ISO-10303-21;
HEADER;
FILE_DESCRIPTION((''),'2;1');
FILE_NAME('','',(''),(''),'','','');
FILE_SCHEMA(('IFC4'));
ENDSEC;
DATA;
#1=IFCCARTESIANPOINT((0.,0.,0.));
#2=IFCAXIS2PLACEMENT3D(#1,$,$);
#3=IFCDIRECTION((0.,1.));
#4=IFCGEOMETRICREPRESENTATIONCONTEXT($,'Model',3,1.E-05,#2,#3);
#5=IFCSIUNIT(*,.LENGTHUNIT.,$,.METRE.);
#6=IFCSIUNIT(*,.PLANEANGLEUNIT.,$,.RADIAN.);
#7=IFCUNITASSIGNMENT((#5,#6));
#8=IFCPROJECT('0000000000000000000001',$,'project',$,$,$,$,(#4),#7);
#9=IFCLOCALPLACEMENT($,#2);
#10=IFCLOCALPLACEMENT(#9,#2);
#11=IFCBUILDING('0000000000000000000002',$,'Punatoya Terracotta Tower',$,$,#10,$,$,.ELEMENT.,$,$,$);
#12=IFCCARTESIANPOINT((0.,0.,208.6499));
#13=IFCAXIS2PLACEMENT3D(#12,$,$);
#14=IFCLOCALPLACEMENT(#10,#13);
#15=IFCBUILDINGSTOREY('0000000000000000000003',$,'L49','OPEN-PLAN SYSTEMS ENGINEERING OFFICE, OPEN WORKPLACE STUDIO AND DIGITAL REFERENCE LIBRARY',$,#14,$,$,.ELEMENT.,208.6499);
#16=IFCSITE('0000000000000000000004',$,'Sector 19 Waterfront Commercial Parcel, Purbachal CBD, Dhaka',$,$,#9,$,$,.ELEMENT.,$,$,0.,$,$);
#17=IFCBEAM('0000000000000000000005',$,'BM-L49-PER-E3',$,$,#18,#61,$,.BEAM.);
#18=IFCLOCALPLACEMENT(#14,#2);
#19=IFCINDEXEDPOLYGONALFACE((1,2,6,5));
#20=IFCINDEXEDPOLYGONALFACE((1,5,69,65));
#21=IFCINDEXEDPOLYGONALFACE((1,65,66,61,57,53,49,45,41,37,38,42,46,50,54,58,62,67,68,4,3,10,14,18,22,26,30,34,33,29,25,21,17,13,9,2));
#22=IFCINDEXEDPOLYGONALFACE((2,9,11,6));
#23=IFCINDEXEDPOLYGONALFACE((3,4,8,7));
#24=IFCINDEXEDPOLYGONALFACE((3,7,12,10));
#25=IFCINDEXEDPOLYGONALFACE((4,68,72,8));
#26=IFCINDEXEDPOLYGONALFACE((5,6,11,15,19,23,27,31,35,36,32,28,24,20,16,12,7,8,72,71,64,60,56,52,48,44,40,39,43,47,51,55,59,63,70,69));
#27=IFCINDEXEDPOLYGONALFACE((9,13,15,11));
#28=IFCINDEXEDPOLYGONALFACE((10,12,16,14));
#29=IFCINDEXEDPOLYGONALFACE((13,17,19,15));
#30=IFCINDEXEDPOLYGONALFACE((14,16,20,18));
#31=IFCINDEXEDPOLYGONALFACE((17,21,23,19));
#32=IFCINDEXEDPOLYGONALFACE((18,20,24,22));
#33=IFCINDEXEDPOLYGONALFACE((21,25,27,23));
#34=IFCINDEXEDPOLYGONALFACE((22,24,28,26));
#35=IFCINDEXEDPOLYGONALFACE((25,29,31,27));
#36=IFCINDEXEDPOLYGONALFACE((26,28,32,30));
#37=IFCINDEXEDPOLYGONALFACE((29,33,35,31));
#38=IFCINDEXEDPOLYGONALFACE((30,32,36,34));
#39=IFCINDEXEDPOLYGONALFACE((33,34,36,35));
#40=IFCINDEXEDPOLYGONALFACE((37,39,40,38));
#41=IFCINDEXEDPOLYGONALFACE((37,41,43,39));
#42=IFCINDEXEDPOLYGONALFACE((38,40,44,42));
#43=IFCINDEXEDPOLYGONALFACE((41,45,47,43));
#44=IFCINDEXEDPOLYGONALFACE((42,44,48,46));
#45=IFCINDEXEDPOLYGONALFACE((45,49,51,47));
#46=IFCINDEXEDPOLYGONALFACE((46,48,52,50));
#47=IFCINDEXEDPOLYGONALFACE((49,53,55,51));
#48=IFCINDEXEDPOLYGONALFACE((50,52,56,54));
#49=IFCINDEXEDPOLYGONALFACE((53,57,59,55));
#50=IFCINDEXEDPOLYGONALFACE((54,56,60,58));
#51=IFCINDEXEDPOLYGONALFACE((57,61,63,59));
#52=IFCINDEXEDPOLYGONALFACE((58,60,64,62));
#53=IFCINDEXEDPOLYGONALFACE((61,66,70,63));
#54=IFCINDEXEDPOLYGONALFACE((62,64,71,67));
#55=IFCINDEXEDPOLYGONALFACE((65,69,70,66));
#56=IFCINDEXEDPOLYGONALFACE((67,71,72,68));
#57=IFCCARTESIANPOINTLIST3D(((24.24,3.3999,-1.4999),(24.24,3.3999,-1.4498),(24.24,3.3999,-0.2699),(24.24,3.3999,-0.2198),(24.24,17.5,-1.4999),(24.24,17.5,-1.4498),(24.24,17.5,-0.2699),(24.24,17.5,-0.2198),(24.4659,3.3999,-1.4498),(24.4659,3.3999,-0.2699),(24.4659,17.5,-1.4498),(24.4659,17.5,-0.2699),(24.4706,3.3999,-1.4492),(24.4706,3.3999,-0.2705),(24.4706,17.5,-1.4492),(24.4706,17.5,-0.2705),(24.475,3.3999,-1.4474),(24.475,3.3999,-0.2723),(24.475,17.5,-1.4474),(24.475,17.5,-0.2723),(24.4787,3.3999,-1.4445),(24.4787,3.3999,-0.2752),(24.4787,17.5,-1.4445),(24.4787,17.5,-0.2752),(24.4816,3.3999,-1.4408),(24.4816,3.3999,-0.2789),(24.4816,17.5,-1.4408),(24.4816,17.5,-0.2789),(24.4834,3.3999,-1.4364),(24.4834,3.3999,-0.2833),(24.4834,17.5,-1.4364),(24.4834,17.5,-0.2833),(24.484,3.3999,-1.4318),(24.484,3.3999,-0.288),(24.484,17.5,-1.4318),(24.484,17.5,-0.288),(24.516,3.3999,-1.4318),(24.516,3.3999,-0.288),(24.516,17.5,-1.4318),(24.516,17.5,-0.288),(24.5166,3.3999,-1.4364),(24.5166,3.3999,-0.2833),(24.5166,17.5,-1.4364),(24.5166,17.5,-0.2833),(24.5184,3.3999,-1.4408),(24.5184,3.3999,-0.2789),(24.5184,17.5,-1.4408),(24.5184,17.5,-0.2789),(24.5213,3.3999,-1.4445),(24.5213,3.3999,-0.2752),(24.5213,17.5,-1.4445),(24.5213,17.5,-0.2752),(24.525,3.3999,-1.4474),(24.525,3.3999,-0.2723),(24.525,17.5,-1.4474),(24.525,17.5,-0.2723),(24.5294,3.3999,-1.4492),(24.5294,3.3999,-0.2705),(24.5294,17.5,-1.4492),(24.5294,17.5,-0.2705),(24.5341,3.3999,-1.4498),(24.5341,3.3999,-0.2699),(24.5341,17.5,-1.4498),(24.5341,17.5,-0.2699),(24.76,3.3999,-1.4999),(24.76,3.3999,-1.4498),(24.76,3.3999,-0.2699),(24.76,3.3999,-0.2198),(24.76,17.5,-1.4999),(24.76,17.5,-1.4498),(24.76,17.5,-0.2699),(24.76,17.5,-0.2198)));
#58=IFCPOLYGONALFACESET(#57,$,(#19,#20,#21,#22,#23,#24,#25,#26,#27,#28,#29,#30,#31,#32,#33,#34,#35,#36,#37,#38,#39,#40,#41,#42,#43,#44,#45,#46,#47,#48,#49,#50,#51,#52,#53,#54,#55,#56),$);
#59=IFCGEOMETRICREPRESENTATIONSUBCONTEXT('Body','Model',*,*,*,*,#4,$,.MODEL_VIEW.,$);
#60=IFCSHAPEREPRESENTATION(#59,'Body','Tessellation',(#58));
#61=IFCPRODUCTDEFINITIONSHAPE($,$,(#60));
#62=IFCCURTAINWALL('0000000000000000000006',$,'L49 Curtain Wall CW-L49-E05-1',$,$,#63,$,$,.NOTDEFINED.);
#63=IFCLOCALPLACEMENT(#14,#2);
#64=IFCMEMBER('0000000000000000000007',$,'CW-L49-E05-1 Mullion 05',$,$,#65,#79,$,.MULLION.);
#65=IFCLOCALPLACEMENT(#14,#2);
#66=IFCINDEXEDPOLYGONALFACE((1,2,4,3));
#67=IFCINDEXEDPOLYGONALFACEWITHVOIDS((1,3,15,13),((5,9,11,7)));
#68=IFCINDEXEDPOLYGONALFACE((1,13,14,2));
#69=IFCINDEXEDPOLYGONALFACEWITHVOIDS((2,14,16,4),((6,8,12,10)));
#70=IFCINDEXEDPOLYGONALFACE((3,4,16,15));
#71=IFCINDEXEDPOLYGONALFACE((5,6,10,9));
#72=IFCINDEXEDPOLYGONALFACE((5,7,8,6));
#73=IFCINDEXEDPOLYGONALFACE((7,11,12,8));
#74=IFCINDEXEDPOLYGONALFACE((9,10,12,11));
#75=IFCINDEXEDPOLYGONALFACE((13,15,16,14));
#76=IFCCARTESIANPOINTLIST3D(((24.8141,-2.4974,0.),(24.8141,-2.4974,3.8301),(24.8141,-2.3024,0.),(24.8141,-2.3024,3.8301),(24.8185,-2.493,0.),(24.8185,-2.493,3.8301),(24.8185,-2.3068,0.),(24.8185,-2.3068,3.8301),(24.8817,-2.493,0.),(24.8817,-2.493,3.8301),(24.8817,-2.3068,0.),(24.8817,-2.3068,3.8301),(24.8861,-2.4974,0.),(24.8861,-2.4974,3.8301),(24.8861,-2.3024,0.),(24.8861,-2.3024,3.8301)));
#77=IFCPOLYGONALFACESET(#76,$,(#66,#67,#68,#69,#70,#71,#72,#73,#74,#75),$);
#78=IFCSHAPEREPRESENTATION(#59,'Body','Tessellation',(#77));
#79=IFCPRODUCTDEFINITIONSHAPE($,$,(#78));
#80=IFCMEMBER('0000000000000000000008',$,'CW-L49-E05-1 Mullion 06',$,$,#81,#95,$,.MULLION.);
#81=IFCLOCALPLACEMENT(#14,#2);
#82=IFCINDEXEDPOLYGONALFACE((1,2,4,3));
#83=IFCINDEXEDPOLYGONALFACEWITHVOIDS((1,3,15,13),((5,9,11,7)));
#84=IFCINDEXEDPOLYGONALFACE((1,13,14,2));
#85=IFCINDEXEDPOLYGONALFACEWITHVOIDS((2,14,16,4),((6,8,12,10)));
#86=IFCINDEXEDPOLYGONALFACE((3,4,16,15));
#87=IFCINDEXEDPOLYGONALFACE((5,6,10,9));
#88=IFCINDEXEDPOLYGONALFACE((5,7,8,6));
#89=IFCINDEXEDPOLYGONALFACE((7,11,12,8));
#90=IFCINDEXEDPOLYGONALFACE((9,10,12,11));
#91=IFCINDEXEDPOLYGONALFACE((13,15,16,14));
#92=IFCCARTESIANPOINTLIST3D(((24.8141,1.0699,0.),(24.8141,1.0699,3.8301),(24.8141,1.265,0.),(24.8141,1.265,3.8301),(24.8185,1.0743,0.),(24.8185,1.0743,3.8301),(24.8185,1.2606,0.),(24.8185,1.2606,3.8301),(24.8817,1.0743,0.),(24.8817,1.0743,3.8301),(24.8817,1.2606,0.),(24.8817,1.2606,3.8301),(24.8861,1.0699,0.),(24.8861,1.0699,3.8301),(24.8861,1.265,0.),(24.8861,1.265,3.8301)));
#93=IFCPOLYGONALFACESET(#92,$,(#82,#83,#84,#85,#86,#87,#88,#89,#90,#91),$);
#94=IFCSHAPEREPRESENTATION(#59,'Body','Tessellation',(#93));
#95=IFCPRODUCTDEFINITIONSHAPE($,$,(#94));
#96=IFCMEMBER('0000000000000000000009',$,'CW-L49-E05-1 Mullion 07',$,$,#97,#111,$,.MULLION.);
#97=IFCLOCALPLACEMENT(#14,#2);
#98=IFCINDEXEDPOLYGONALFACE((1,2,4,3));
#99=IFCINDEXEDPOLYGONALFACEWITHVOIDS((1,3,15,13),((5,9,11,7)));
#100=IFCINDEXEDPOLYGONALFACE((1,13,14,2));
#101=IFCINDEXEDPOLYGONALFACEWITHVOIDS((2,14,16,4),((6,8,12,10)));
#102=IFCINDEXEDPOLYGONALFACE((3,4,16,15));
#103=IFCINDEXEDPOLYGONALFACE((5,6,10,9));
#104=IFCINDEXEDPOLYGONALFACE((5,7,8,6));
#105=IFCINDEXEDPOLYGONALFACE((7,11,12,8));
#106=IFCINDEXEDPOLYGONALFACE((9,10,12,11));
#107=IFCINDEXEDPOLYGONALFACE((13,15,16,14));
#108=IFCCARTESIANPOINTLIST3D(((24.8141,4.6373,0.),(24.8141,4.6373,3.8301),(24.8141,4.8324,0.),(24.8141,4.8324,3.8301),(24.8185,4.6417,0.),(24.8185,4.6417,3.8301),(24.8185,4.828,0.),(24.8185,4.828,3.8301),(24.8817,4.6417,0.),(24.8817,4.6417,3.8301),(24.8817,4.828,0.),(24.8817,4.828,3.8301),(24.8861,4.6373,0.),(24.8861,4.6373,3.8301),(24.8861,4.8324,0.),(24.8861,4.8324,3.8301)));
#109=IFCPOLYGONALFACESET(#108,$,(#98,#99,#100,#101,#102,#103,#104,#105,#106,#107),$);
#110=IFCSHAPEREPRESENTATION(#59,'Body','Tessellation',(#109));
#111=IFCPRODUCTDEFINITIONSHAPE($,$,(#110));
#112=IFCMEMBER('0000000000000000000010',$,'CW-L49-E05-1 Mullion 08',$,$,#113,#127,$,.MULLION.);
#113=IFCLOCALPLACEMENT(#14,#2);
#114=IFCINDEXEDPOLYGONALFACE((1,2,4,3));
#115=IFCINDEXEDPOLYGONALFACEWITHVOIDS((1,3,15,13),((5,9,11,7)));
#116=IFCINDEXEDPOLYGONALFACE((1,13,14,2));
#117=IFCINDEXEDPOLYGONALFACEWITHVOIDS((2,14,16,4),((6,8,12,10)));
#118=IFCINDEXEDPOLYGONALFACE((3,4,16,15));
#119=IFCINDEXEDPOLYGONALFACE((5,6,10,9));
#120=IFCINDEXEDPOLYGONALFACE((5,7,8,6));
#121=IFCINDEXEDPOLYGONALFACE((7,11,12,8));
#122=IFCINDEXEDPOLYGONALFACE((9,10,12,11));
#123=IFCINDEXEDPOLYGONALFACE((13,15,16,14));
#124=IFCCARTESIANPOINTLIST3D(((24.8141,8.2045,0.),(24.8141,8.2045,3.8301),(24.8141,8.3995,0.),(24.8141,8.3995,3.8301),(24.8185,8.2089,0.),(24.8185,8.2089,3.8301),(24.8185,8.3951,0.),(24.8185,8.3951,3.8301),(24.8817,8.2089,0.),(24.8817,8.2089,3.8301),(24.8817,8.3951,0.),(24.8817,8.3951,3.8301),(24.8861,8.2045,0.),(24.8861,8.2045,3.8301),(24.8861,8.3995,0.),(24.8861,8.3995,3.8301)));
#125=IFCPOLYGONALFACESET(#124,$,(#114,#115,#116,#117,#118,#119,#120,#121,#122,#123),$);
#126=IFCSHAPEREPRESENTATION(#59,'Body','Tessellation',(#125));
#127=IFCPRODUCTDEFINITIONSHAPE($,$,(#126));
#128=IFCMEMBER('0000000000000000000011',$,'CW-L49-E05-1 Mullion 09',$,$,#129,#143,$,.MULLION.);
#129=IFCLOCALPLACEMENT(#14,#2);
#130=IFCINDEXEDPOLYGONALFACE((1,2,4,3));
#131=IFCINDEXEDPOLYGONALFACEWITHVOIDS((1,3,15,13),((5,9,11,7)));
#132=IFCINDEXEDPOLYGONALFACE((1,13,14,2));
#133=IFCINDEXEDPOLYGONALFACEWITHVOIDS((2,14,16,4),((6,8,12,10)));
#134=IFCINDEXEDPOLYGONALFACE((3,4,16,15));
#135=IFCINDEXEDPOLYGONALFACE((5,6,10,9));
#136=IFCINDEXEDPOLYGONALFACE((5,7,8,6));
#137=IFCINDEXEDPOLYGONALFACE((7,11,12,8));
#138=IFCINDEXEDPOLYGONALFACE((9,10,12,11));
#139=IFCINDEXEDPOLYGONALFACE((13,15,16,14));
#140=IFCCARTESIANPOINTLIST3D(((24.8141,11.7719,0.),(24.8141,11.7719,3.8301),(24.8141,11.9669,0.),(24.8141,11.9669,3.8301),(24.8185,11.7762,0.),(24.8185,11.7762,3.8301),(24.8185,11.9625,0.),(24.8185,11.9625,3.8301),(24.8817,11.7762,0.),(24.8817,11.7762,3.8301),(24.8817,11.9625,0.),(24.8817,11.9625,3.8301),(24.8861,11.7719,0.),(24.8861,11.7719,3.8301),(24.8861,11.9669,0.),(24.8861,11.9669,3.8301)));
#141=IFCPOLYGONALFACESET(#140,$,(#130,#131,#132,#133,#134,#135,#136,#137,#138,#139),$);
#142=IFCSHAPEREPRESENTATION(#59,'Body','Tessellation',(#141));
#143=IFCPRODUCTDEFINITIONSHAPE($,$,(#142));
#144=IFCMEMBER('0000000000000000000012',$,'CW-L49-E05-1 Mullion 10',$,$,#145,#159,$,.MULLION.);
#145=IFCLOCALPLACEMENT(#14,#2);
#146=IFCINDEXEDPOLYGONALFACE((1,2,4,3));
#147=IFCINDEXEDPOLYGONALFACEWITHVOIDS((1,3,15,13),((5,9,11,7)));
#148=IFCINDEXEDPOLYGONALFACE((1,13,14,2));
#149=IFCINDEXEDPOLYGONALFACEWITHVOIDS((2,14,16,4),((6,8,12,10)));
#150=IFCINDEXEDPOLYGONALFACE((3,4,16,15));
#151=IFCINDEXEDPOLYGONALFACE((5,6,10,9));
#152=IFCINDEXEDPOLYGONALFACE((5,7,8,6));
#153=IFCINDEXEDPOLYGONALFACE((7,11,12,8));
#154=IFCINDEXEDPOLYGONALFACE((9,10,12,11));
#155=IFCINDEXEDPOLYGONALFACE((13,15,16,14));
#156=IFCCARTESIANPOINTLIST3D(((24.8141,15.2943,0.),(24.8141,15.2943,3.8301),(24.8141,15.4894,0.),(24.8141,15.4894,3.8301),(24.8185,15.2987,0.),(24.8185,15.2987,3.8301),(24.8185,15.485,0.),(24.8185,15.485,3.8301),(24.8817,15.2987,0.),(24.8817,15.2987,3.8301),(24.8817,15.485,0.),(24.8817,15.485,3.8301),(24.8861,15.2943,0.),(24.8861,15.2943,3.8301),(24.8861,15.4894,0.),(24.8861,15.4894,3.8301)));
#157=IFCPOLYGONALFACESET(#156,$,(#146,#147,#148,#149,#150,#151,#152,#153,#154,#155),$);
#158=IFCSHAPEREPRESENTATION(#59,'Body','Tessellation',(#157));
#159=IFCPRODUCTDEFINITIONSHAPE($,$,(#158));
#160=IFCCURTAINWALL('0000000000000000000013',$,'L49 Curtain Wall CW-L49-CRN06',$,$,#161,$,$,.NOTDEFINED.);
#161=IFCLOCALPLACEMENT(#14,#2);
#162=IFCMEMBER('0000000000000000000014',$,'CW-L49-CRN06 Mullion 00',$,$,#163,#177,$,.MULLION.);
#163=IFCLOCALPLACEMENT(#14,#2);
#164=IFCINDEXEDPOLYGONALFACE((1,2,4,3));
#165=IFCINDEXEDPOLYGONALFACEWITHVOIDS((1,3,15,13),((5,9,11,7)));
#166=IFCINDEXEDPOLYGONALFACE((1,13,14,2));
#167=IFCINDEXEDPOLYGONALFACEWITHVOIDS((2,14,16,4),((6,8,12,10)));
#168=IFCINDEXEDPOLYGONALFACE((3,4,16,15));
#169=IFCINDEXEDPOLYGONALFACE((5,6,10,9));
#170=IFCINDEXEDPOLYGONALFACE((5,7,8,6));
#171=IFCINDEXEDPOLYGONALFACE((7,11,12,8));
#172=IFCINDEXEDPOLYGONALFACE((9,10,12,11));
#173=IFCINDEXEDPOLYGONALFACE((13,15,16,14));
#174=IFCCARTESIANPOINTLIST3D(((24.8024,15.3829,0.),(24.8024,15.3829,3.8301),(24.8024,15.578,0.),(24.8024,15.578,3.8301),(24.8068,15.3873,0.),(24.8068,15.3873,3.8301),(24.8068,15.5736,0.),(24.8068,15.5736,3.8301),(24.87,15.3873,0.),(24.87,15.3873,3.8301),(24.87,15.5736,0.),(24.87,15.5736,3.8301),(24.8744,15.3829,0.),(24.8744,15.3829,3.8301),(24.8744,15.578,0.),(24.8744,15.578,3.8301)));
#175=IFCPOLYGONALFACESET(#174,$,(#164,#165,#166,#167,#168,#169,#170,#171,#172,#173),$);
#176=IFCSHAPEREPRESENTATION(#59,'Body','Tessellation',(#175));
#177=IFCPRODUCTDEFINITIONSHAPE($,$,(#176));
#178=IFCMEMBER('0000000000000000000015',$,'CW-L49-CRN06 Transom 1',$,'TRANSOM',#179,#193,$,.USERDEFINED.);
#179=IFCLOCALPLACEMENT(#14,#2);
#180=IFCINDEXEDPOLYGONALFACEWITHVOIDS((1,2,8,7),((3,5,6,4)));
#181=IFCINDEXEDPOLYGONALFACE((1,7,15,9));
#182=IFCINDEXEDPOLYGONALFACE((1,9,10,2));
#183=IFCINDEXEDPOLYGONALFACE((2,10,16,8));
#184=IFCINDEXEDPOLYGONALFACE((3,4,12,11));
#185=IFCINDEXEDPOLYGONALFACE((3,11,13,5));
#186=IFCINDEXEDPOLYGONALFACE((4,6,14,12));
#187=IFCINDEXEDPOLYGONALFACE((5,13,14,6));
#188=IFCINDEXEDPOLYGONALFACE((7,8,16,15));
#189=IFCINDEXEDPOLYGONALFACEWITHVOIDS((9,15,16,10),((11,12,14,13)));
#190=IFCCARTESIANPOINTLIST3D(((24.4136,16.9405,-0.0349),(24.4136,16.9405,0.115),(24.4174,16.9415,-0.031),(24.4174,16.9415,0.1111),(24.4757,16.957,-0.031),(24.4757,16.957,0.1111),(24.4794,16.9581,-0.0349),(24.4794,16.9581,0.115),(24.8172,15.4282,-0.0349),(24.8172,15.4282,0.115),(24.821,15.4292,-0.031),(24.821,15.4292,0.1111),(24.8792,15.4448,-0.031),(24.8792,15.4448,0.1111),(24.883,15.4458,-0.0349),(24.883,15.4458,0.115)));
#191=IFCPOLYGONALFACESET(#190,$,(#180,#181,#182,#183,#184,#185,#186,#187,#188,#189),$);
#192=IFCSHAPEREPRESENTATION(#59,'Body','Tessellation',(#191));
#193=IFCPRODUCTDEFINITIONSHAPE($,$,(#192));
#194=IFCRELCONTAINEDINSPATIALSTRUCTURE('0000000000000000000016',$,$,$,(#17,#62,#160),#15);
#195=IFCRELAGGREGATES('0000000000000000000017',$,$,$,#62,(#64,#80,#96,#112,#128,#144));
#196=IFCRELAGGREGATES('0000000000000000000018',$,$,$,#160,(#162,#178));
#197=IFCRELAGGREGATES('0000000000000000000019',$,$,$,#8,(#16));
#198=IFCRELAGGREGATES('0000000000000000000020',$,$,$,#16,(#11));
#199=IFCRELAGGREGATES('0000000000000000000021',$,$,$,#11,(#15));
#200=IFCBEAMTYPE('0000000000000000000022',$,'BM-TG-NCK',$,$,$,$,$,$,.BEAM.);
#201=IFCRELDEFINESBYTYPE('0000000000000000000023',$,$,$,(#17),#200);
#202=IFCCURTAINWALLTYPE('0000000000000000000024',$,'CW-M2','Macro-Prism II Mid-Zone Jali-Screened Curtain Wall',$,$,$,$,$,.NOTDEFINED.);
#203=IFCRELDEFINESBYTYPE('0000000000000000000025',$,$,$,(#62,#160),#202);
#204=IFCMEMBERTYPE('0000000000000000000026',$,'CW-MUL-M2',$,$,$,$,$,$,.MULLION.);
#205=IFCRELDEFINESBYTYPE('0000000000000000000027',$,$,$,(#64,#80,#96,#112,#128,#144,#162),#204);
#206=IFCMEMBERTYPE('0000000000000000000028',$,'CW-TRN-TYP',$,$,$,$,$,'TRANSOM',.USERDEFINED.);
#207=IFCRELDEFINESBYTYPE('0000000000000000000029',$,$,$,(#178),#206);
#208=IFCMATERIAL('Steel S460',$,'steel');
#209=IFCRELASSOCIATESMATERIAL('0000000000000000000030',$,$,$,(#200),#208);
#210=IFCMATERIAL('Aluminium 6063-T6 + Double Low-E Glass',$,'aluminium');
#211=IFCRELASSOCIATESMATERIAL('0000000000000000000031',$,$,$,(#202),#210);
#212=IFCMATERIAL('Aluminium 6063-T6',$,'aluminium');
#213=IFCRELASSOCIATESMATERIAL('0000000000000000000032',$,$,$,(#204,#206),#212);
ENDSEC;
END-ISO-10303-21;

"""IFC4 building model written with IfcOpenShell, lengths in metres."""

from ifc_helpers import new_model, si_unit, direction, frame, origin, origin_2d, place, context, subcontext, project, spatial, hollow_rectangle, i_section, extrude, material, material_profile, profile_set, type_object, element, aggregate, save


model = new_model("IFC4")

# Units and contexts
model_context = context("Model", 3, precision=1e-05, world=origin(), true_north=direction((0.0, 1.0)))
body_context = subcontext(model_context, "Body", "Model", "MODEL_VIEW")
ifc_project = project(units=[si_unit("LENGTHUNIT", "METRE"), si_unit("PLANEANGLEUNIT", "RADIAN")], contexts=[model_context])

# Site, building, storey
site_placement = place(None, origin())
site = spatial("IfcSite", under=ifc_project, at=site_placement, Name="Sector 19 Waterfront Commercial Parcel, Purbachal CBD, Dhaka", CompositionType="ELEMENT", RefElevation=0.0)
building_placement = place(site_placement, origin())
building = spatial("IfcBuilding", under=site, at=building_placement, Name="Punatoya Terracotta Tower", CompositionType="ELEMENT")
storey_placement = place(building_placement, frame((0.0, 0.0, 208.6499)))
storey = spatial("IfcBuildingStorey", under=building, at=storey_placement, Name="L49", Description="OPEN-PLAN SYSTEMS ENGINEERING OFFICE, OPEN WORKPLACE STUDIO AND DIGITAL REFERENCE LIBRARY", CompositionType="ELEMENT", Elevation=208.6499)

# Shared definitions
ifc_material_1 = material(Name="Steel S460", Category="steel")

# Beam
ifc_material_profile_1 = material_profile(ifc_material_1, i_section(OverallWidth=0.52, OverallDepth=1.28, WebThickness=0.032, FlangeThickness=0.05, FilletRadius=0.0181, at=origin_2d()))
ifc_profile_set_1 = profile_set([ifc_material_profile_1], Name="Steel S460")
beam_type_1 = type_object("IfcBeamType", Name="BM-TG-NCK", PredefinedType="BEAM", material=ifc_profile_set_1)
beam_1_placement = place(storey_placement, frame((24.5, 3.3999, -0.8599), z_axis=(0.0, 1.0, 0.0), x_axis=(-1.0, 0.0, 0.0)))
element("IfcBeam", 1, at=beam_1_placement, inside=storey, type_object=beam_type_1, Name="BM-L49-PER-E3", PredefinedType="BEAM", context=body_context, shape_type="SweptSolid", body=[
    extrude(i_section(OverallWidth=0.52, OverallDepth=1.28, WebThickness=0.032, FlangeThickness=0.05, FilletRadius=0.0181, at=origin_2d()), origin(), (0.0, 0.0, 1.0), 14.1001),
])

# Curtain walls, members
ifc_material_2 = material(Name="Aluminium 6063-T6 + Double Low-E Glass", Category="aluminium")
curtain_wall_type = type_object("IfcCurtainWallType", Name="CW-M2", Description="Macro-Prism II Mid-Zone Jali-Screened Curtain Wall", PredefinedType="NOTDEFINED", material=ifc_material_2)
curtain_wall_1_placement = place(storey_placement, origin())
curtain_wall_1 = element("IfcCurtainWall", 2, at=curtain_wall_1_placement, inside=storey, type_object=curtain_wall_type, Name="L49 Curtain Wall CW-L49-E05-1", PredefinedType="NOTDEFINED")
ifc_material_3 = material(Name="Aluminium 6063-T6", Category="aluminium")
ifc_material_profile_2 = material_profile(ifc_material_3, hollow_rectangle(XDim=0.072, YDim=0.1951, WallThickness=0.0044, at=origin_2d()))
ifc_profile_set_2 = profile_set([ifc_material_profile_2], Name="Aluminium 6063-T6")
member_type_1 = type_object("IfcMemberType", Name="CW-MUL-M2", PredefinedType="MULLION", material=ifc_profile_set_2)
member_1_placement = place(storey_placement, frame((24.8501, -2.3999, 0.0), z_axis=(0.0, 0.0, 1.0), x_axis=(1.0, 0.0, 0.0)))
member_1 = element("IfcMember", 3, at=member_1_placement, type_object=member_type_1, Name="CW-L49-E05-1 Mullion 05", PredefinedType="MULLION", context=body_context, shape_type="SweptSolid", body=[
    extrude(hollow_rectangle(XDim=0.072, YDim=0.1951, WallThickness=0.0044, at=origin_2d()), origin(), (0.0, 0.0, 1.0), 3.8301),
])
member_2_placement = place(storey_placement, frame((24.8501, 1.1675, 0.0), z_axis=(0.0, 0.0, 1.0), x_axis=(1.0, 0.0, 0.0)))
member_2 = element("IfcMember", 4, at=member_2_placement, type_object=member_type_1, Name="CW-L49-E05-1 Mullion 06", PredefinedType="MULLION", context=body_context, shape_type="SweptSolid", body=[
    extrude(hollow_rectangle(XDim=0.072, YDim=0.1951, WallThickness=0.0044, at=origin_2d()), origin(), (0.0, 0.0, 1.0), 3.8301),
])
member_3_placement = place(storey_placement, frame((24.8501, 4.7349, 0.0), z_axis=(0.0, 0.0, 1.0), x_axis=(1.0, 0.0, 0.0)))
member_3 = element("IfcMember", 5, at=member_3_placement, type_object=member_type_1, Name="CW-L49-E05-1 Mullion 07", PredefinedType="MULLION", context=body_context, shape_type="SweptSolid", body=[
    extrude(hollow_rectangle(XDim=0.072, YDim=0.1951, WallThickness=0.0044, at=origin_2d()), origin(), (0.0, 0.0, 1.0), 3.8301),
])
member_4_placement = place(storey_placement, frame((24.8501, 8.302, 0.0), z_axis=(0.0, 0.0, 1.0), x_axis=(1.0, 0.0, 0.0)))
member_4 = element("IfcMember", 6, at=member_4_placement, type_object=member_type_1, Name="CW-L49-E05-1 Mullion 08", PredefinedType="MULLION", context=body_context, shape_type="SweptSolid", body=[
    extrude(hollow_rectangle(XDim=0.072, YDim=0.1951, WallThickness=0.0044, at=origin_2d()), origin(), (0.0, 0.0, 1.0), 3.8301),
])
member_5_placement = place(storey_placement, frame((24.8501, 11.8694, 0.0), z_axis=(0.0, 0.0, 1.0), x_axis=(1.0, 0.0, 0.0)))
member_5 = element("IfcMember", 7, at=member_5_placement, type_object=member_type_1, Name="CW-L49-E05-1 Mullion 09", PredefinedType="MULLION", context=body_context, shape_type="SweptSolid", body=[
    extrude(hollow_rectangle(XDim=0.072, YDim=0.1951, WallThickness=0.0044, at=origin_2d()), origin(), (0.0, 0.0, 1.0), 3.8301),
])
member_6_placement = place(storey_placement, frame((24.8501, 15.3918, 0.0), z_axis=(0.0, 0.0, 1.0), x_axis=(1.0, 0.0, 0.0)))
member_6 = element("IfcMember", 8, at=member_6_placement, type_object=member_type_1, Name="CW-L49-E05-1 Mullion 10", PredefinedType="MULLION", context=body_context, shape_type="SweptSolid", body=[
    extrude(hollow_rectangle(XDim=0.072, YDim=0.1951, WallThickness=0.0044, at=origin_2d()), origin(), (0.0, 0.0, 1.0), 3.8301),
])
curtain_wall_2_placement = place(storey_placement, origin())
curtain_wall_2 = element("IfcCurtainWall", 9, at=curtain_wall_2_placement, inside=storey, type_object=curtain_wall_type, Name="L49 Curtain Wall CW-L49-CRN06", PredefinedType="NOTDEFINED")
member_7_placement = place(storey_placement, frame((24.8384, 15.4805, 0.0), z_axis=(0.0, 0.0, 1.0), x_axis=(1.0, 0.0, 0.0)))
member_7 = element("IfcMember", 10, at=member_7_placement, type_object=member_type_1, Name="CW-L49-CRN06 Mullion 00", PredefinedType="MULLION", context=body_context, shape_type="SweptSolid", body=[
    extrude(hollow_rectangle(XDim=0.072, YDim=0.1951, WallThickness=0.0044, at=origin_2d()), origin(), (0.0, 0.0, 1.0), 3.8301),
])
ifc_material_profile_3 = material_profile(ifc_material_3, hollow_rectangle(XDim=0.0681, YDim=0.1499, WallThickness=0.0039, at=origin_2d()))
ifc_profile_set_3 = profile_set([ifc_material_profile_3], Name="Aluminium 6063-T6")
member_type_2 = type_object("IfcMemberType", Name="CW-TRN-TYP", ElementType="TRANSOM", PredefinedType="USERDEFINED", material=ifc_profile_set_3)
member_8_placement = place(storey_placement, frame((24.8501, 15.437, 0.04), z_axis=(-0.257847, 0.966186, 0.0), x_axis=(-0.966186, -0.257847, 0.0)))
member_8 = element("IfcMember", 11, at=member_8_placement, type_object=member_type_2, Name="CW-L49-CRN06 Transom 1", ObjectType="TRANSOM", PredefinedType="USERDEFINED", context=body_context, shape_type="SweptSolid", body=[
    extrude(hollow_rectangle(XDim=0.0681, YDim=0.1499, WallThickness=0.0039, at=origin_2d()), origin(), (0.0, 0.0, 1.0), 1.5652),
])

aggregate(curtain_wall_1, [member_1, member_2, member_3, member_4, member_5, member_6])
aggregate(curtain_wall_2, [member_7, member_8])

save(model, "model.ifc")
